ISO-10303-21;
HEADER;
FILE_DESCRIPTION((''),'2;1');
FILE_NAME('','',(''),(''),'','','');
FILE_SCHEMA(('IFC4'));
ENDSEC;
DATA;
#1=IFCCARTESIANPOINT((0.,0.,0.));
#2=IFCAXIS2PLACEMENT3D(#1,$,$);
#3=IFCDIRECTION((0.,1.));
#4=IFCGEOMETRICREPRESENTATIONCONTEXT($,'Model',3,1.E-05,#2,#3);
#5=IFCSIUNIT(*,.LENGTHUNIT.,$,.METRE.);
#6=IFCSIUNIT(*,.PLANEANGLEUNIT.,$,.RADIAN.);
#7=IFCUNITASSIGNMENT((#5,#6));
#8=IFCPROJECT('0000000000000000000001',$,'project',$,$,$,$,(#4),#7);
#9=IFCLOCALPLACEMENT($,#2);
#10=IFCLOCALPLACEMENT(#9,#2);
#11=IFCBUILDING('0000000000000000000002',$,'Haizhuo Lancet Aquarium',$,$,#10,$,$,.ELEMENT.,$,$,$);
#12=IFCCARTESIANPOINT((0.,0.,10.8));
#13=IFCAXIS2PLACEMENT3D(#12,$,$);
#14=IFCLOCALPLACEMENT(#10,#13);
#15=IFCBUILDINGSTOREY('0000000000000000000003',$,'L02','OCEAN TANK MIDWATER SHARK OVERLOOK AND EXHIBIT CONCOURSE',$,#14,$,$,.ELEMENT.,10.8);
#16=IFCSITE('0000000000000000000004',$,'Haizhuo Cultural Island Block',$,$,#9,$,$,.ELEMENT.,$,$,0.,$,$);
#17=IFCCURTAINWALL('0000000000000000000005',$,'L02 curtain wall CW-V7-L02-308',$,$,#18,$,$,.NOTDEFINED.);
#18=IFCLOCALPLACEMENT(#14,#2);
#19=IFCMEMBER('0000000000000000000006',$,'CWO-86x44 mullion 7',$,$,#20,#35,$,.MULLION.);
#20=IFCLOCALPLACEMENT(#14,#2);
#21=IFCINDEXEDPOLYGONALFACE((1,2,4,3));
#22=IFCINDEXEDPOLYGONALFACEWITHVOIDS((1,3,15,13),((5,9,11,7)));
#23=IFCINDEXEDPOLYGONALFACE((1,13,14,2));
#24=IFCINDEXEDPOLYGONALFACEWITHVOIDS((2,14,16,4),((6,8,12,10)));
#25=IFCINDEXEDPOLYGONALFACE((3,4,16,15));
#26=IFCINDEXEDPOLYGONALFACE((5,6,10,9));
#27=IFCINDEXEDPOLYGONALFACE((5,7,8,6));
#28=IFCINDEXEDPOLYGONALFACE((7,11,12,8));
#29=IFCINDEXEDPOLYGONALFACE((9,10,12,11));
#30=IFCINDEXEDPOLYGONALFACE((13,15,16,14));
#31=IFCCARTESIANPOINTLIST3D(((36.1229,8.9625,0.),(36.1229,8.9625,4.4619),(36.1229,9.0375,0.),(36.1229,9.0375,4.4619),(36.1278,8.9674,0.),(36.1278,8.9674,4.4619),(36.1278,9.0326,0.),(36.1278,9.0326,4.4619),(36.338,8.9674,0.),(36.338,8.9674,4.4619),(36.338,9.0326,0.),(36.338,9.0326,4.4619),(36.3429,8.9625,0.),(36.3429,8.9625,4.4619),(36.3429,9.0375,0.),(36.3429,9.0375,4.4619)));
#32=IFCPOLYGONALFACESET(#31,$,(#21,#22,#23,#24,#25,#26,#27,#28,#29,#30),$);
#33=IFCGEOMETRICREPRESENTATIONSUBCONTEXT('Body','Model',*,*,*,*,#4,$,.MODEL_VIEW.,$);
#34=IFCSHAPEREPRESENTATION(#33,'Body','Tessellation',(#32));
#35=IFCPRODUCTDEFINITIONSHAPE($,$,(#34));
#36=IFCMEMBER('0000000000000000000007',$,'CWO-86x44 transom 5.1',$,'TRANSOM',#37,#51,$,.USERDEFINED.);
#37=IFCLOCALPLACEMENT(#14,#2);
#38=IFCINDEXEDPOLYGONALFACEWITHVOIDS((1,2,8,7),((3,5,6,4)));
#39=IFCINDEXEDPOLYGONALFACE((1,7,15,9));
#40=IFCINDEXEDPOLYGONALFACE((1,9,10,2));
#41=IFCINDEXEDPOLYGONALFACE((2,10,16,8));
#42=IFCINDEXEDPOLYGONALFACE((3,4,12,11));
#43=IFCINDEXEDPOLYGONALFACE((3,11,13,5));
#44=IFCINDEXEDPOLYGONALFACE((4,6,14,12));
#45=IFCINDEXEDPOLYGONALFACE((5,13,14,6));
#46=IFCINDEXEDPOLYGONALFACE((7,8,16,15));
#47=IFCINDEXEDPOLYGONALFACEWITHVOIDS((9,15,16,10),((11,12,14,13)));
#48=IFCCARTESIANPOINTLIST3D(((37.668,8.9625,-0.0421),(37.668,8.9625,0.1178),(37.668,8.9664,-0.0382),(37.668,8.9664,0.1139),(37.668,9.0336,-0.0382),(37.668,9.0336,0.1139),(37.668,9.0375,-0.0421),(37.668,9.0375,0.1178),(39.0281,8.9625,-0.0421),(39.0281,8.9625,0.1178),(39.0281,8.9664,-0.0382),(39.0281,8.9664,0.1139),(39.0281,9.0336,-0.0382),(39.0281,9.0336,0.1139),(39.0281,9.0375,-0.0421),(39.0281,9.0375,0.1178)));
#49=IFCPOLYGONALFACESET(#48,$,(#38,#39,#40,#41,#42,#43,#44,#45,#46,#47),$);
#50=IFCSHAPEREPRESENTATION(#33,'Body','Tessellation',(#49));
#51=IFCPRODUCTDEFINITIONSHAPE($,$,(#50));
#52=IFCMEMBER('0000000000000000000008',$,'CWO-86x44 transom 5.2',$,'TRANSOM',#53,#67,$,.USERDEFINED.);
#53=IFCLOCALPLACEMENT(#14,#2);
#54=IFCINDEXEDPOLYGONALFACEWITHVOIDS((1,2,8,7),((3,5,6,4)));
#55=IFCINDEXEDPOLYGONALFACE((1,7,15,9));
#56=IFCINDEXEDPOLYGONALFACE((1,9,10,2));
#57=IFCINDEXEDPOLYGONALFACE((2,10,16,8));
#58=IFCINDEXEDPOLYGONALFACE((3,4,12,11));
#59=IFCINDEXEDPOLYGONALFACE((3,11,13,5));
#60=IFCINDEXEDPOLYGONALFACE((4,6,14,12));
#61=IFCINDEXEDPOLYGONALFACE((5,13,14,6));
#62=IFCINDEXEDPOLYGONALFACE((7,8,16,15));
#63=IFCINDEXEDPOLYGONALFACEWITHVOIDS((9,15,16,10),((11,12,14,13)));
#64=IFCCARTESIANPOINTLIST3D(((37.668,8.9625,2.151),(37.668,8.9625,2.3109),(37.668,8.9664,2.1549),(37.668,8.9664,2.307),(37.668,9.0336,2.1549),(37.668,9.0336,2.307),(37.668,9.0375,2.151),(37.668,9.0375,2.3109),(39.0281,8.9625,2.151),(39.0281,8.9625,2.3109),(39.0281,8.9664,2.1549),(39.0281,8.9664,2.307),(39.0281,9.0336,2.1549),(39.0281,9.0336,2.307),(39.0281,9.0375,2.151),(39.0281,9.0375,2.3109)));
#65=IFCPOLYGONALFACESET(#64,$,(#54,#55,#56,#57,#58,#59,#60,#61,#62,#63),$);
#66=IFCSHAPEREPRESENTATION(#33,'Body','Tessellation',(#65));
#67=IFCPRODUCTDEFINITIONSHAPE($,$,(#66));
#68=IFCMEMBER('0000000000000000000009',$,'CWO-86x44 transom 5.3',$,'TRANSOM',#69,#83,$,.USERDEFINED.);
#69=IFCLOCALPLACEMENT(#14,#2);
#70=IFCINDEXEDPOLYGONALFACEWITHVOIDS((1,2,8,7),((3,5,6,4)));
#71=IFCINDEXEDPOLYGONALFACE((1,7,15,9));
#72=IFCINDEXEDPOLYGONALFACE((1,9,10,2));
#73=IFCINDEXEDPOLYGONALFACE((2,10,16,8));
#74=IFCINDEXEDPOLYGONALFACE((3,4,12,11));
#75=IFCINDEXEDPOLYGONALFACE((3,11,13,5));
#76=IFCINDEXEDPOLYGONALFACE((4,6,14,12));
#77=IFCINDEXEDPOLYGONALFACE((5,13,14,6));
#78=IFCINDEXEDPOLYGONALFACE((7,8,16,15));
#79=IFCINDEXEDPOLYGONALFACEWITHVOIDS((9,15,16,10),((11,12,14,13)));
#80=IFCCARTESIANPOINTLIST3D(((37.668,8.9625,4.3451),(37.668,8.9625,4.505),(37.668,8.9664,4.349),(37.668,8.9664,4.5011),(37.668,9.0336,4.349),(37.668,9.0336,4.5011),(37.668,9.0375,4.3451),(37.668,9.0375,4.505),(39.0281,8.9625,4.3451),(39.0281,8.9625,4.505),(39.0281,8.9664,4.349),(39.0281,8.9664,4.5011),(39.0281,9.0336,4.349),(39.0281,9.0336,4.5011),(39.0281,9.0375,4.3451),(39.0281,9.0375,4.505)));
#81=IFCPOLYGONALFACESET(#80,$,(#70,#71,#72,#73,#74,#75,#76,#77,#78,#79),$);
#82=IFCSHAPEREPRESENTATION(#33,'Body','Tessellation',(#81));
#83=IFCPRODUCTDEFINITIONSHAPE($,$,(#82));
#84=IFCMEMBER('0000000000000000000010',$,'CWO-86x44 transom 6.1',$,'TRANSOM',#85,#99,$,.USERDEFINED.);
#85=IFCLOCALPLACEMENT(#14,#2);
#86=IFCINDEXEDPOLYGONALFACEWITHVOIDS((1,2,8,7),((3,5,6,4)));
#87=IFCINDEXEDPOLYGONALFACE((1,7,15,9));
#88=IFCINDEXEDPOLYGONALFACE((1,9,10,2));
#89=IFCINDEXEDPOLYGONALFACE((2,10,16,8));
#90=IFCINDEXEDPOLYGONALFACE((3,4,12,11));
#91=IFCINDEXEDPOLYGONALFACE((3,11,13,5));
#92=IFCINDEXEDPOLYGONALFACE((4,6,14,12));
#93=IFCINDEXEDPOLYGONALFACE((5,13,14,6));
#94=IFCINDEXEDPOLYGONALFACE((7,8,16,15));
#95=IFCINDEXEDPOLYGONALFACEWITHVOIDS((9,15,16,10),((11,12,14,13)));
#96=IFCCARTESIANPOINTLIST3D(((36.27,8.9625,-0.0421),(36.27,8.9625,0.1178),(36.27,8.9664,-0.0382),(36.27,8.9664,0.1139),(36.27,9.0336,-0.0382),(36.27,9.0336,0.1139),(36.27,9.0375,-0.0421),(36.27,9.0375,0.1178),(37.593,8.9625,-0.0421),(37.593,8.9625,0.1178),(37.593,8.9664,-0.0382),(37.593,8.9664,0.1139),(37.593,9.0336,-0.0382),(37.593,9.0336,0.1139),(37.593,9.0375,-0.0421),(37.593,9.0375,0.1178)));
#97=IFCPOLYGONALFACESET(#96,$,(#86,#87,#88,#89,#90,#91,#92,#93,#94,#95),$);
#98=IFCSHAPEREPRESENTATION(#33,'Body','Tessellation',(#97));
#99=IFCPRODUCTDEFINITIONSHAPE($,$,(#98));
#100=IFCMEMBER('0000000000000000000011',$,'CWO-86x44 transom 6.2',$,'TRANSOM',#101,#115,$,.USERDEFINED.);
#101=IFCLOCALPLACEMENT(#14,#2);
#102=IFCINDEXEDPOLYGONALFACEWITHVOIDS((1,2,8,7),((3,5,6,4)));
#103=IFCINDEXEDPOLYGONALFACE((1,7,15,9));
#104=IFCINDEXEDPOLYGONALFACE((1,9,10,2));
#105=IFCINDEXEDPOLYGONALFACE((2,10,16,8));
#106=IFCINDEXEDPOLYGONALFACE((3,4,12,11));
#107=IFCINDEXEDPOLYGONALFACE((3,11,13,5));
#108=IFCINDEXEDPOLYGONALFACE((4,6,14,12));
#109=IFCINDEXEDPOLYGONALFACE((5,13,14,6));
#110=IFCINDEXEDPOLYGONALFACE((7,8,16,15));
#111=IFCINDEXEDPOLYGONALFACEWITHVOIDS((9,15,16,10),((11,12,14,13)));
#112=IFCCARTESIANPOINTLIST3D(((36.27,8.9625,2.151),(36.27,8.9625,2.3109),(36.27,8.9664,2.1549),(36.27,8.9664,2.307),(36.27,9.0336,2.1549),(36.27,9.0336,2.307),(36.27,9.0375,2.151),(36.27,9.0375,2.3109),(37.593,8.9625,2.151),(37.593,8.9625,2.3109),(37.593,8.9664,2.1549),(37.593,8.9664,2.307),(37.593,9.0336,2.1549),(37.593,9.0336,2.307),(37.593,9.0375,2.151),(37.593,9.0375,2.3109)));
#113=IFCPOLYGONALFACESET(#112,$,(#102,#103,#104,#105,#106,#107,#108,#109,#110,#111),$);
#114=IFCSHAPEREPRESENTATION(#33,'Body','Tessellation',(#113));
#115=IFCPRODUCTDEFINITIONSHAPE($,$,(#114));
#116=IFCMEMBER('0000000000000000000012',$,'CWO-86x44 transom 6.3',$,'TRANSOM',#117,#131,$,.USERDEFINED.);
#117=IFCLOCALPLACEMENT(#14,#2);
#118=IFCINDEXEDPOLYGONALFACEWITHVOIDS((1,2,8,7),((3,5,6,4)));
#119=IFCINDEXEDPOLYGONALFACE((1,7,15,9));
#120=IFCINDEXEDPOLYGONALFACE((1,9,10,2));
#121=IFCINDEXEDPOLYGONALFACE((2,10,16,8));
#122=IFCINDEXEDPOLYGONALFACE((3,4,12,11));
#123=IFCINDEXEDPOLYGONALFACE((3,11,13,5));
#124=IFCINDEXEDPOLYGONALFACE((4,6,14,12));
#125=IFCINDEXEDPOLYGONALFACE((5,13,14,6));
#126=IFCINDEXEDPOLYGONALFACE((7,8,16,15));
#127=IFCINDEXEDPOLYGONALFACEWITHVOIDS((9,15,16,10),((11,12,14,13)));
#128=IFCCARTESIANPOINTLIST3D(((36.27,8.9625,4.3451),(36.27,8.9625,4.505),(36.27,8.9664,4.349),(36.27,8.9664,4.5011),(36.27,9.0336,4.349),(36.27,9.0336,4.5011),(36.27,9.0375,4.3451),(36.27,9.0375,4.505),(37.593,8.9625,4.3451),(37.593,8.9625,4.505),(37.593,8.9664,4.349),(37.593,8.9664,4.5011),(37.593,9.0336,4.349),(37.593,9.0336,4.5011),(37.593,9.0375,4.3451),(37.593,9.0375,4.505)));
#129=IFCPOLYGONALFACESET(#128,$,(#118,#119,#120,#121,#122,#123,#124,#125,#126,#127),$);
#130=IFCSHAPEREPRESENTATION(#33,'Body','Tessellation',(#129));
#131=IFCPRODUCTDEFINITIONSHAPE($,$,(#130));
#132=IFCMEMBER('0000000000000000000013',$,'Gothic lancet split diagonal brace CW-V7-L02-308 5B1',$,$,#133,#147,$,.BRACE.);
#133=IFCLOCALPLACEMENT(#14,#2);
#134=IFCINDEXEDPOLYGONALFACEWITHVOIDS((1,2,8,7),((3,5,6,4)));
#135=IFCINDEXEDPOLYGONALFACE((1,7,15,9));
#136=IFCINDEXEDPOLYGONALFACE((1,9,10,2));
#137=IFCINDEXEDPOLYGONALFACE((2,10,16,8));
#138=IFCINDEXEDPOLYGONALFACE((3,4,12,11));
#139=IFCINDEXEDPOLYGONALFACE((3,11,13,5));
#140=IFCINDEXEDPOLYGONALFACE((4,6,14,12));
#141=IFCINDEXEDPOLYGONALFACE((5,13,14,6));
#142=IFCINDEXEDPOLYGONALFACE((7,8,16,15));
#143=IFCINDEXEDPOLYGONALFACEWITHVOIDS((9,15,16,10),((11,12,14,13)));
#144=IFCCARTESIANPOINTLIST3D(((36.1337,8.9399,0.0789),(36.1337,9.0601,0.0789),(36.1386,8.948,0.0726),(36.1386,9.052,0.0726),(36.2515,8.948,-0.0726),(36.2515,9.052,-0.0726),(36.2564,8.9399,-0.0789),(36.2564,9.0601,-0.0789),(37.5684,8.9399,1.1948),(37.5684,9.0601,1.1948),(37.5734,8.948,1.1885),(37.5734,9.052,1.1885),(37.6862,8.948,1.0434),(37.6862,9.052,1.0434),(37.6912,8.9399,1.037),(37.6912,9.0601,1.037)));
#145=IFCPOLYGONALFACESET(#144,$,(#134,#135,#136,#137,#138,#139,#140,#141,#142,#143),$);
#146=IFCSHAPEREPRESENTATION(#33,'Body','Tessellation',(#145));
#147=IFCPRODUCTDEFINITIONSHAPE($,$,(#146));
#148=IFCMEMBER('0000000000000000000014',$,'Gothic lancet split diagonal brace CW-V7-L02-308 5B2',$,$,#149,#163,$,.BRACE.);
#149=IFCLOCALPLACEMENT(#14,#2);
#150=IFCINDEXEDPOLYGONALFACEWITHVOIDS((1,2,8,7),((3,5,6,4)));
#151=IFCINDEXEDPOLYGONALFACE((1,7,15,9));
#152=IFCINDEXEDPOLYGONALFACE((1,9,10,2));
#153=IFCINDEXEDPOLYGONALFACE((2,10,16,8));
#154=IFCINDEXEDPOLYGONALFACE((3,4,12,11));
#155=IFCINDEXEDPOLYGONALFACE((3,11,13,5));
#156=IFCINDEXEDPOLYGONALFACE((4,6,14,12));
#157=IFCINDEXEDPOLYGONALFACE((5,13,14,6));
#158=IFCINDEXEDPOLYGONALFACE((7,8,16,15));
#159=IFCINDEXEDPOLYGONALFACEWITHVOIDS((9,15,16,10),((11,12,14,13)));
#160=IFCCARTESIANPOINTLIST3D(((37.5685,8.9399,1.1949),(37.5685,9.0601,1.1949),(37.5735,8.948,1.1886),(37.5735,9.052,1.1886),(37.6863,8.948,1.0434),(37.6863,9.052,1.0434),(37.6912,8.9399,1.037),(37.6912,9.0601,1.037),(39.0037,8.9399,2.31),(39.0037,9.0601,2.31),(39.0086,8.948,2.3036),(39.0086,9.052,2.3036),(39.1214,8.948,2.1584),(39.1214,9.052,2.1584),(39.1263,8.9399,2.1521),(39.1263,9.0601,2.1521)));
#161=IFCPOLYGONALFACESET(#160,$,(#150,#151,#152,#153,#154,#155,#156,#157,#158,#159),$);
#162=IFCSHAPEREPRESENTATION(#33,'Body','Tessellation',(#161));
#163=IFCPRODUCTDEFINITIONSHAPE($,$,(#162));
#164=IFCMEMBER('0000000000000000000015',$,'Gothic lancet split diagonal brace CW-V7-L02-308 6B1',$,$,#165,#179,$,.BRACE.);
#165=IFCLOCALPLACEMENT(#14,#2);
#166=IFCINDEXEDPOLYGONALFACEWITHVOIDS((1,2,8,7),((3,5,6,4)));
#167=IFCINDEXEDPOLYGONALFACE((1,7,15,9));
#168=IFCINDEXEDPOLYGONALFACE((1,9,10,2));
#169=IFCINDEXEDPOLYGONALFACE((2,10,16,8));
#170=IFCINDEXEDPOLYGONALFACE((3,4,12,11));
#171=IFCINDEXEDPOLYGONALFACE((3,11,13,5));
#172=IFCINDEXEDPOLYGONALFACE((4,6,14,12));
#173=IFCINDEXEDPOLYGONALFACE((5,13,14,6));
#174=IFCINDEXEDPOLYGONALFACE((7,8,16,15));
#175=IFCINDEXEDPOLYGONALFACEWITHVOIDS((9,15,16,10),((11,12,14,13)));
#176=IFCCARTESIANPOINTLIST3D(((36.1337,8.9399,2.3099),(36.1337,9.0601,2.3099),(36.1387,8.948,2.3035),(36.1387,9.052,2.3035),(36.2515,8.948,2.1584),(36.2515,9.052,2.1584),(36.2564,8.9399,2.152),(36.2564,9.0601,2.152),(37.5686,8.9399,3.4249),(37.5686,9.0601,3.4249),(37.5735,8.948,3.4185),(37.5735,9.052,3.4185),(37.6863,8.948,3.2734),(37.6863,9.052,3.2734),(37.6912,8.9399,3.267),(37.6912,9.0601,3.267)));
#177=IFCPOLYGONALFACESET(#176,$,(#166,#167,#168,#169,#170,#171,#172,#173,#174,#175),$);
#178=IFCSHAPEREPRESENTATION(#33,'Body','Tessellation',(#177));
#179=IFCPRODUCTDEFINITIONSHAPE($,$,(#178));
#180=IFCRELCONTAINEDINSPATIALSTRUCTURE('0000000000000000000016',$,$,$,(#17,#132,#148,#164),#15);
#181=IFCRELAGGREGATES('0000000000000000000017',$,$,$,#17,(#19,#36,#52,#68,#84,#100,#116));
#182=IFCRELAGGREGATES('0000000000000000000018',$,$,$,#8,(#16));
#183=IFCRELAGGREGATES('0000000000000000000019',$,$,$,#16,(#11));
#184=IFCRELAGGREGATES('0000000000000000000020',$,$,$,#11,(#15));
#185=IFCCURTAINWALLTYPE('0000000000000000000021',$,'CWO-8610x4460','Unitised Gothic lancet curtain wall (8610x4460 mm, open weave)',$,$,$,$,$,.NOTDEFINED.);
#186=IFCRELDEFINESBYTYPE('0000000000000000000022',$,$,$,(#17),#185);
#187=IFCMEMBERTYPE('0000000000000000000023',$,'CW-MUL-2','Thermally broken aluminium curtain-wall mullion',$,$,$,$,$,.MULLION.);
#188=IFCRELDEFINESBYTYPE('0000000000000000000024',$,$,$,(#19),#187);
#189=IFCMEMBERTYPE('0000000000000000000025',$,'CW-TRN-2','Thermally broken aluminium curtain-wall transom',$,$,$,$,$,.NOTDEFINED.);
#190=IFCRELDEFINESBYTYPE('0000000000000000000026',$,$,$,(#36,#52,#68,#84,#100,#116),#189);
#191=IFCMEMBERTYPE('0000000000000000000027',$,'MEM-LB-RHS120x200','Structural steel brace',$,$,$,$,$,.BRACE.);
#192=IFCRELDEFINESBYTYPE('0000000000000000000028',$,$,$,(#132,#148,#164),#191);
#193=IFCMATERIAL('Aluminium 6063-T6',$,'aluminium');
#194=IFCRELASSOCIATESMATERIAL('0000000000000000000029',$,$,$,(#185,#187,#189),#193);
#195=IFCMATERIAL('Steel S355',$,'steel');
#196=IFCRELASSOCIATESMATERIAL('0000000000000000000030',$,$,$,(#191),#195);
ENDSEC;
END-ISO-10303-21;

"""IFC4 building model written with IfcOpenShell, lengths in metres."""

from ifc_helpers import new_model, si_unit, direction, frame, origin, origin_2d, place, context, subcontext, project, spatial, hollow_rectangle, extrude, material, material_profile, profile_set, type_object, element, aggregate, save


model = new_model("IFC4")

# Units and contexts
model_context = context("Model", 3, precision=1e-05, world=origin(), true_north=direction((0.0, 1.0)))
body_context = subcontext(model_context, "Body", "Model", "MODEL_VIEW")
ifc_project = project(units=[si_unit("LENGTHUNIT", "METRE"), si_unit("PLANEANGLEUNIT", "RADIAN")], contexts=[model_context])

# Site, building, storey
site_placement = place(None, origin())
site = spatial("IfcSite", under=ifc_project, at=site_placement, Name="Haizhuo Cultural Island Block", CompositionType="ELEMENT", RefElevation=0.0)
building_placement = place(site_placement, origin())
building = spatial("IfcBuilding", under=site, at=building_placement, Name="Haizhuo Lancet Aquarium", CompositionType="ELEMENT")
storey_placement = place(building_placement, frame((0.0, 0.0, 10.8)))
storey = spatial("IfcBuildingStorey", under=building, at=storey_placement, Name="L02", Description="OCEAN TANK MIDWATER SHARK OVERLOOK AND EXHIBIT CONCOURSE", CompositionType="ELEMENT", Elevation=10.8)

# Shared definitions
ifc_material_1 = material(Name="Steel S355", Category="steel")

# Curtain wall, members
ifc_material_2 = material(Name="Aluminium 6063-T6", Category="aluminium")
curtain_wall_type_1 = type_object("IfcCurtainWallType", Name="CWO-8610x4460", Description="Unitised Gothic lancet curtain wall (8610x4460 mm, open weave)", PredefinedType="NOTDEFINED", material=ifc_material_2)
curtain_wall_1_placement = place(storey_placement, origin())
curtain_wall_1 = element("IfcCurtainWall", 1, at=curtain_wall_1_placement, inside=storey, type_object=curtain_wall_type_1, Name="L02 curtain wall CW-V7-L02-308", PredefinedType="NOTDEFINED")
ifc_material_profile_1 = material_profile(ifc_material_2, hollow_rectangle(XDim=0.075, YDim=0.22, WallThickness=0.0049, at=origin_2d()), Name="ALU-M 75x220x5")
ifc_profile_set_1 = profile_set([ifc_material_profile_1], Name="Aluminium 6063-T6")
member_type_1 = type_object("IfcMemberType", Name="CW-MUL-2", Description="Thermally broken aluminium curtain-wall mullion", PredefinedType="MULLION", material=ifc_profile_set_1)
member_1_placement = place(storey_placement, frame((36.2329, 9.0, 0.0), z_axis=(0.0, 0.0, 1.0), x_axis=(0.0, -1.0, 0.0)))
member_1 = element("IfcMember", 2, at=member_1_placement, type_object=member_type_1, Name="CWO-86x44 mullion 7", PredefinedType="MULLION", context=body_context, shape_type="SweptSolid", body=[
    extrude(hollow_rectangle(XDim=0.075, YDim=0.22, WallThickness=0.0049, at=origin_2d()), origin(), (0.0, 0.0, 1.0), 4.4619),
])
ifc_material_profile_2 = material_profile(ifc_material_2, hollow_rectangle(XDim=0.075, YDim=0.1599, WallThickness=0.0039, at=origin_2d()), Name="ALU-T 75x160x4")
ifc_profile_set_2 = profile_set([ifc_material_profile_2], Name="Aluminium 6063-T6")
member_type_2 = type_object("IfcMemberType", Name="CW-TRN-2", Description="Thermally broken aluminium curtain-wall transom", PredefinedType="NOTDEFINED", material=ifc_profile_set_2)
member_2_placement = place(storey_placement, frame((39.0281, 9.0, 0.0378), z_axis=(-1.0, 0.0, 0.0), x_axis=(0.0, -1.0, 0.0)))
member_2 = element("IfcMember", 3, at=member_2_placement, type_object=member_type_2, Name="CWO-86x44 transom 5.1", ObjectType="TRANSOM", PredefinedType="USERDEFINED", context=body_context, shape_type="SweptSolid", body=[
    extrude(hollow_rectangle(XDim=0.075, YDim=0.1599, WallThickness=0.0039, at=origin_2d()), origin(), (0.0, 0.0, 1.0), 1.3601),
])
member_3_placement = place(storey_placement, frame((39.0281, 9.0, 2.231), z_axis=(-1.0, 0.0, 0.0), x_axis=(0.0, -1.0, 0.0)))
member_3 = element("IfcMember", 4, at=member_3_placement, type_object=member_type_2, Name="CWO-86x44 transom 5.2", ObjectType="TRANSOM", PredefinedType="USERDEFINED", context=body_context, shape_type="SweptSolid", body=[
    extrude(hollow_rectangle(XDim=0.075, YDim=0.1599, WallThickness=0.0039, at=origin_2d()), origin(), (0.0, 0.0, 1.0), 1.3601),
])
member_4_placement = place(storey_placement, frame((39.0281, 9.0, 4.425), z_axis=(-1.0, 0.0, 0.0), x_axis=(0.0, -1.0, 0.0)))
member_4 = element("IfcMember", 5, at=member_4_placement, type_object=member_type_2, Name="CWO-86x44 transom 5.3", ObjectType="TRANSOM", PredefinedType="USERDEFINED", context=body_context, shape_type="SweptSolid", body=[
    extrude(hollow_rectangle(XDim=0.075, YDim=0.1599, WallThickness=0.0039, at=origin_2d()), origin(), (0.0, 0.0, 1.0), 1.3601),
])
member_5_placement = place(storey_placement, frame((37.593, 9.0, 0.0378), z_axis=(-1.0, 0.0, 0.0), x_axis=(0.0, -1.0, 0.0)))
member_5 = element("IfcMember", 6, at=member_5_placement, type_object=member_type_2, Name="CWO-86x44 transom 6.1", ObjectType="TRANSOM", PredefinedType="USERDEFINED", context=body_context, shape_type="SweptSolid", body=[
    extrude(hollow_rectangle(XDim=0.075, YDim=0.1599, WallThickness=0.0039, at=origin_2d()), origin(), (0.0, 0.0, 1.0), 1.323),
])
member_6_placement = place(storey_placement, frame((37.593, 9.0, 2.231), z_axis=(-1.0, 0.0, 0.0), x_axis=(0.0, -1.0, 0.0)))
member_6 = element("IfcMember", 7, at=member_6_placement, type_object=member_type_2, Name="CWO-86x44 transom 6.2", ObjectType="TRANSOM", PredefinedType="USERDEFINED", context=body_context, shape_type="SweptSolid", body=[
    extrude(hollow_rectangle(XDim=0.075, YDim=0.1599, WallThickness=0.0039, at=origin_2d()), origin(), (0.0, 0.0, 1.0), 1.323),
])
member_7_placement = place(storey_placement, frame((37.593, 9.0, 4.425), z_axis=(-1.0, 0.0, 0.0), x_axis=(0.0, -1.0, 0.0)))
member_7 = element("IfcMember", 8, at=member_7_placement, type_object=member_type_2, Name="CWO-86x44 transom 6.3", ObjectType="TRANSOM", PredefinedType="USERDEFINED", context=body_context, shape_type="SweptSolid", body=[
    extrude(hollow_rectangle(XDim=0.075, YDim=0.1599, WallThickness=0.0039, at=origin_2d()), origin(), (0.0, 0.0, 1.0), 1.323),
])

# Members
ifc_material_profile_3 = material_profile(ifc_material_1, hollow_rectangle(XDim=0.1201, YDim=0.2, WallThickness=0.0081, at=origin_2d()), Name="RHS 120x200x8")
ifc_profile_set_3 = profile_set([ifc_material_profile_3], Name="Steel S355")
member_type_3 = type_object("IfcMemberType", Name="MEM-LB-RHS120x200", Description="Structural steel brace", PredefinedType="BRACE", material=ifc_profile_set_3)
member_8_placement = place(storey_placement, frame((36.1951, 9.0, 0.0), z_axis=(0.789352, 0.0, 0.613941), x_axis=(0.0, 1.0, 0.0)))
element("IfcMember", 9, at=member_8_placement, inside=storey, type_object=member_type_3, Name="Gothic lancet split diagonal brace CW-V7-L02-308 5B1", PredefinedType="BRACE", context=body_context, shape_type="SweptSolid", body=[
    extrude(hollow_rectangle(XDim=0.1201, YDim=0.2, WallThickness=0.0081, at=origin_2d()), origin(), (0.0, 0.0, 1.0), 1.8176),
])
member_9_placement = place(storey_placement, frame((37.6299, 9.0, 1.116), z_axis=(0.789663, 0.0, 0.613541), x_axis=(0.0, 1.0, 0.0)))
element("IfcMember", 10, at=member_9_placement, inside=storey, type_object=member_type_3, Name="Gothic lancet split diagonal brace CW-V7-L02-308 5B2", PredefinedType="BRACE", context=body_context, shape_type="SweptSolid", body=[
    extrude(hollow_rectangle(XDim=0.1201, YDim=0.2, WallThickness=0.0081, at=origin_2d()), origin(), (0.0, 0.0, 1.0), 1.8174),
])
member_10_placement = place(storey_placement, frame((36.1951, 9.0, 2.231), z_axis=(0.789613, 0.0, 0.613606), x_axis=(0.0, 1.0, 0.0)))
element("IfcMember", 11, at=member_10_placement, inside=storey, type_object=member_type_3, Name="Gothic lancet split diagonal brace CW-V7-L02-308 6B1", PredefinedType="BRACE", context=body_context, shape_type="SweptSolid", body=[
    extrude(hollow_rectangle(XDim=0.1201, YDim=0.2, WallThickness=0.0081, at=origin_2d()), origin(), (0.0, 0.0, 1.0), 1.8171),
])

aggregate(curtain_wall_1, [member_1, member_2, member_3, member_4, member_5, member_6, member_7])

save(model, "model.ifc")
